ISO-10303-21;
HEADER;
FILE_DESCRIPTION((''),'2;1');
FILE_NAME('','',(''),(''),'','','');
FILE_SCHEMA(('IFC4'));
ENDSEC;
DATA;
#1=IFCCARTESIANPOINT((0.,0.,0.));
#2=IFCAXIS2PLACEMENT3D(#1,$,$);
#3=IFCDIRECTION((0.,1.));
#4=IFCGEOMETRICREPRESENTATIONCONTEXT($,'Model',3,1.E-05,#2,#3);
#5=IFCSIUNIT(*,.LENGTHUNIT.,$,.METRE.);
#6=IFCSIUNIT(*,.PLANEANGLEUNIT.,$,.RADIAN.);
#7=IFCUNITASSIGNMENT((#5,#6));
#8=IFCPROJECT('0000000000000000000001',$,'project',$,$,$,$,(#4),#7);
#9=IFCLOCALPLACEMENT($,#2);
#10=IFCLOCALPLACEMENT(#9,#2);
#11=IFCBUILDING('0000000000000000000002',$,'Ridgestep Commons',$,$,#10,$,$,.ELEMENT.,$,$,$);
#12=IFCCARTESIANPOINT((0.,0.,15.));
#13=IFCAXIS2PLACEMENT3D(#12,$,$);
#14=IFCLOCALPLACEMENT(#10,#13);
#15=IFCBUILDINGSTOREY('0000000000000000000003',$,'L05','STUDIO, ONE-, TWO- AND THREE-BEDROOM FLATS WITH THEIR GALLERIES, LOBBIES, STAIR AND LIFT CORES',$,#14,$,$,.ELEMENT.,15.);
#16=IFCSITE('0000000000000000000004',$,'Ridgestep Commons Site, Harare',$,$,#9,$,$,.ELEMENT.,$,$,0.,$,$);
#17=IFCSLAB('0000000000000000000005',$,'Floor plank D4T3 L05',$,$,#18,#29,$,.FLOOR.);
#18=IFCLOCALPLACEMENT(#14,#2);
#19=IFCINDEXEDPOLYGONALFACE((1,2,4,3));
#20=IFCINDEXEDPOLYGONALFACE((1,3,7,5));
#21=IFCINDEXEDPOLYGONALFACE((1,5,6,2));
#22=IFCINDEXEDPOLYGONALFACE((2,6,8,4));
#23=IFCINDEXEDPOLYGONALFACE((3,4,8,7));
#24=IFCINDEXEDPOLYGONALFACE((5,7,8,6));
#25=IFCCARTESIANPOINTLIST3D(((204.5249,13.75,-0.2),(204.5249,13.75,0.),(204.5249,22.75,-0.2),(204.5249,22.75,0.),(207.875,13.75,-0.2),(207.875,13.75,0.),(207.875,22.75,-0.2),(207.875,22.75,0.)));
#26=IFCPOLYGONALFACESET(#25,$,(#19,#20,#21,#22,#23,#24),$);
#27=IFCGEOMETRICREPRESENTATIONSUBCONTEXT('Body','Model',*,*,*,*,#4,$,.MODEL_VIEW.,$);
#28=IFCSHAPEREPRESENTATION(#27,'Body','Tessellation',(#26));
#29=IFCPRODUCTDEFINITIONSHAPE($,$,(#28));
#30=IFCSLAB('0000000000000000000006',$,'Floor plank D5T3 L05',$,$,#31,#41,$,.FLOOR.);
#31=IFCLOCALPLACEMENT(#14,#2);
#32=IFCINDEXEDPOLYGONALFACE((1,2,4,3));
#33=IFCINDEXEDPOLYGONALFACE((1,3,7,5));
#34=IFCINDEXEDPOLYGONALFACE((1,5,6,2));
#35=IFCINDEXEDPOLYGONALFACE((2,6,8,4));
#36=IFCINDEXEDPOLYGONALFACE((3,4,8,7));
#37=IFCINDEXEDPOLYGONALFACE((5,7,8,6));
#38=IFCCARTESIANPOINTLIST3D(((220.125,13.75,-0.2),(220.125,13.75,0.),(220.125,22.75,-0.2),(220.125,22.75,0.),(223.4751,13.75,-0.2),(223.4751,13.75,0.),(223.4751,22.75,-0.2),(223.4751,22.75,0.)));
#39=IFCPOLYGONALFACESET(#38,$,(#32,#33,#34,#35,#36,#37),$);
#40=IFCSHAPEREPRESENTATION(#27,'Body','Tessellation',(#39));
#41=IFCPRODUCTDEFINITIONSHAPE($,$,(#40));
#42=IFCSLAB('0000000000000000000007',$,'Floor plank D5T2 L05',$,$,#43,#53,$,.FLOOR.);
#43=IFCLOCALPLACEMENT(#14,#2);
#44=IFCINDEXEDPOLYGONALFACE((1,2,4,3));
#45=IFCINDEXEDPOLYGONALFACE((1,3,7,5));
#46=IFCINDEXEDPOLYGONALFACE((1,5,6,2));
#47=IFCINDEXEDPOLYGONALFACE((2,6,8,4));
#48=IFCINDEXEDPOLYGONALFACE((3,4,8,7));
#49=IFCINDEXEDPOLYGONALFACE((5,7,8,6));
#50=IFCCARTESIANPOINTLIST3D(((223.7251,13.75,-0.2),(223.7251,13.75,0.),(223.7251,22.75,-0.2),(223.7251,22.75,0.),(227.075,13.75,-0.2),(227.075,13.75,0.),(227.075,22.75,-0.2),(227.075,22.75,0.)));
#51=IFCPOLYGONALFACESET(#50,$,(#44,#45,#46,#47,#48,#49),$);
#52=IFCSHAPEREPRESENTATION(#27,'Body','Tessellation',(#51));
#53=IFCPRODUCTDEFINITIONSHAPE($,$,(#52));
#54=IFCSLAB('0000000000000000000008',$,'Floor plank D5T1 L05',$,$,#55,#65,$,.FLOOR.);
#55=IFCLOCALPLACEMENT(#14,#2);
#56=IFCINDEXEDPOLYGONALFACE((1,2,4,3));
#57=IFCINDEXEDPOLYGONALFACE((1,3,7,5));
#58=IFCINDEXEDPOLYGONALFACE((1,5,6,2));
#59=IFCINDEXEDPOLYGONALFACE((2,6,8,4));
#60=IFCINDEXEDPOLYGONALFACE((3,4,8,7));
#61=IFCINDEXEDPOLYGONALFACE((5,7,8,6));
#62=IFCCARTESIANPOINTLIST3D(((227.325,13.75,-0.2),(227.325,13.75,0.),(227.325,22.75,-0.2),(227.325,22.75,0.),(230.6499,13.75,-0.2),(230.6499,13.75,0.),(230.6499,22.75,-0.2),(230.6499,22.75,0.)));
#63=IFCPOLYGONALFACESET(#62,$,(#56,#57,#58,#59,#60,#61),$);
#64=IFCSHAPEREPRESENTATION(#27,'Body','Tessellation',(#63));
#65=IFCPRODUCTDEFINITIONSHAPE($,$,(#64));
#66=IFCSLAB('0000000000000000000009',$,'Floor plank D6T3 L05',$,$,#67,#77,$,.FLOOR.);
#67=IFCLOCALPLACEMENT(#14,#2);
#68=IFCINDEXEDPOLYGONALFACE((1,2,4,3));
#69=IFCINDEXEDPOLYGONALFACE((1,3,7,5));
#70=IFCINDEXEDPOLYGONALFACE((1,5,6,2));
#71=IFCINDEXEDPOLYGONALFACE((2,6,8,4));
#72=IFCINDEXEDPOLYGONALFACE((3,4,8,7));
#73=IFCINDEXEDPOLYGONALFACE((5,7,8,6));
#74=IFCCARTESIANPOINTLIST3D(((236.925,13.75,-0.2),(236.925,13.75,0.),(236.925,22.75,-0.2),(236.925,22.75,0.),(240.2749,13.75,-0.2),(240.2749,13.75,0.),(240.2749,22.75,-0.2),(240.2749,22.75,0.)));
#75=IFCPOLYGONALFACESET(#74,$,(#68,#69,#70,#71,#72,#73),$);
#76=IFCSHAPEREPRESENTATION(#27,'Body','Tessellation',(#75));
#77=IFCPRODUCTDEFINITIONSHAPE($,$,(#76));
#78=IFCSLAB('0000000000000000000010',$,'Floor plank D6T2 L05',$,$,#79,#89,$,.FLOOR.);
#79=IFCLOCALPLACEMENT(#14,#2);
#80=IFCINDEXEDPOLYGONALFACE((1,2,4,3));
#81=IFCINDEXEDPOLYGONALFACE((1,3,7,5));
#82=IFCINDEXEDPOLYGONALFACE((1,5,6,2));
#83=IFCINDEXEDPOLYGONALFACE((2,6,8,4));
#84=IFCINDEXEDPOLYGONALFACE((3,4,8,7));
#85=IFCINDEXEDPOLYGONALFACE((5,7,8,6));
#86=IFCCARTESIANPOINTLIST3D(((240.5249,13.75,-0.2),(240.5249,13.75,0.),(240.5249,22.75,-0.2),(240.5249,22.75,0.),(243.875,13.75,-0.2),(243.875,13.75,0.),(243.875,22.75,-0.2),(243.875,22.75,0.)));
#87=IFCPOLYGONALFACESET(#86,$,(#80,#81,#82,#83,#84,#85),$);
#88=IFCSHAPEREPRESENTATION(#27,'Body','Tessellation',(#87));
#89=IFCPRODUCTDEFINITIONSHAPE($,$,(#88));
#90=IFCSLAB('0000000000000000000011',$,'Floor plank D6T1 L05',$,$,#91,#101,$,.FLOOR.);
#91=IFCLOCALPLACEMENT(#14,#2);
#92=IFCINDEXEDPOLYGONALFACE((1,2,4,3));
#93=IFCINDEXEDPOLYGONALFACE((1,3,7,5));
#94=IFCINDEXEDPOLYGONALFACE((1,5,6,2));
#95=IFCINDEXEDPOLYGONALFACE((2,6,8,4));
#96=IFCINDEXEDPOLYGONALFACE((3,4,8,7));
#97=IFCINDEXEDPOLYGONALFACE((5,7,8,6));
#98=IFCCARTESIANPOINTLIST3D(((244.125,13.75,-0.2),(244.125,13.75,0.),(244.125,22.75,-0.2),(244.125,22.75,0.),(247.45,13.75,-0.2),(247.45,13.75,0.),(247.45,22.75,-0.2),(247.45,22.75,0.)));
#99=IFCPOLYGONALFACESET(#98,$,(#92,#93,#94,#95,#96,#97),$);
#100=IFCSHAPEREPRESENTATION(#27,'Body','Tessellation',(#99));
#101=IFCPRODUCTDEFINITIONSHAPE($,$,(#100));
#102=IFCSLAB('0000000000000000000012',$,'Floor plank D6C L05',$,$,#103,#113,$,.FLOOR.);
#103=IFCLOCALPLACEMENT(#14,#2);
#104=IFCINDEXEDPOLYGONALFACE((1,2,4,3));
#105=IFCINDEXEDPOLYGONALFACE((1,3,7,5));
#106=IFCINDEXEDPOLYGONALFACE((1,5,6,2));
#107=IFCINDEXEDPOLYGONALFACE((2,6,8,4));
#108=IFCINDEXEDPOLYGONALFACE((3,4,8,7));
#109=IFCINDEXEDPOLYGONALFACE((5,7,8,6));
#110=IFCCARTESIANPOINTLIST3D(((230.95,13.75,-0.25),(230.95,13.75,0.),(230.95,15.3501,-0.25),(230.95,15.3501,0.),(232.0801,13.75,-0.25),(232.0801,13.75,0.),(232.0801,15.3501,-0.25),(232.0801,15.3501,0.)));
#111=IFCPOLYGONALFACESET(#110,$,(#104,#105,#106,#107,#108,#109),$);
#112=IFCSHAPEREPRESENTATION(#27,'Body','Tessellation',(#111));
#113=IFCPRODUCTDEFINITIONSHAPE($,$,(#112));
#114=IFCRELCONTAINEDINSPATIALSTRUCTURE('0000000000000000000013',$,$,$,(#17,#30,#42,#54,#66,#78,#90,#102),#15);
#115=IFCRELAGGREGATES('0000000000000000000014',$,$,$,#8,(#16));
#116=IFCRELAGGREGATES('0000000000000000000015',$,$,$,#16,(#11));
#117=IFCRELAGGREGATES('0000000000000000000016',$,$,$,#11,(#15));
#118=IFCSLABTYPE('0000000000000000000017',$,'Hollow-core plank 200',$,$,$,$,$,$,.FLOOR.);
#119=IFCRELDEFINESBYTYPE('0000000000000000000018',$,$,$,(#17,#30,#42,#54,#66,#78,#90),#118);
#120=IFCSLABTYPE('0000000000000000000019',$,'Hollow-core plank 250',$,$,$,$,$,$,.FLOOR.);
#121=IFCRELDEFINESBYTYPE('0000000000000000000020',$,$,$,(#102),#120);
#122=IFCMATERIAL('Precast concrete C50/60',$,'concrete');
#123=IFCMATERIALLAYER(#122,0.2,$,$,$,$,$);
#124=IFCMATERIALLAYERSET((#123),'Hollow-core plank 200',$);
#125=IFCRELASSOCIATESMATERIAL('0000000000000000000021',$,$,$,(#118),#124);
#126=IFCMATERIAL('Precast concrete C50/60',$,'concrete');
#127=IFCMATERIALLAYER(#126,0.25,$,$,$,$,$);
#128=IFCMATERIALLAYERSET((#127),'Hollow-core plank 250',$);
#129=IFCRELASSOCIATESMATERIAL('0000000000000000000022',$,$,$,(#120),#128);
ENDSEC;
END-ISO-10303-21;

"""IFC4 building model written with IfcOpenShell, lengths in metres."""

from ifc_helpers import new_model, si_unit, direction, frame, origin, place, context, subcontext, project, spatial, polyline, outline, extrude, material, layer, layer_set, type_object, element, save


model = new_model("IFC4")

# Units and contexts
model_context = context("Model", 3, precision=1e-05, world=origin(), true_north=direction((0.0, 1.0)))
body_context = subcontext(model_context, "Body", "Model", "MODEL_VIEW")
ifc_project = project(units=[si_unit("LENGTHUNIT", "METRE"), si_unit("PLANEANGLEUNIT", "RADIAN")], contexts=[model_context])

# Site, building, storey
site_placement = place(None, origin())
site = spatial("IfcSite", under=ifc_project, at=site_placement, Name="Ridgestep Commons Site, Harare", CompositionType="ELEMENT", RefElevation=0.0)
building_placement = place(site_placement, origin())
building = spatial("IfcBuilding", under=site, at=building_placement, Name="Ridgestep Commons", CompositionType="ELEMENT")
storey_placement = place(building_placement, frame((0.0, 0.0, 15.0)))
storey = spatial("IfcBuildingStorey", under=building, at=storey_placement, Name="L05", Description="STUDIO, ONE-, TWO- AND THREE-BEDROOM FLATS WITH THEIR GALLERIES, LOBBIES, STAIR AND LIFT CORES", CompositionType="ELEMENT", Elevation=15.0)

# Slabs
ifc_material_1 = material(Name="Precast concrete C50/60", Category="concrete")
ifc_layer_1 = layer(ifc_material_1, 0.2)
ifc_layer_set_1 = layer_set([ifc_layer_1], Name="Hollow-core plank 200")
slab_type_1 = type_object("IfcSlabType", Name="Hollow-core plank 200", PredefinedType="FLOOR", material=ifc_layer_set_1)
slab_1_placement = place(storey_placement, frame((0.0, 0.0, -0.2)))
element("IfcSlab", 1, at=slab_1_placement, inside=storey, type_object=slab_type_1, Name="Floor plank D4T3 L05", PredefinedType="FLOOR", context=body_context, shape_type="SweptSolid", body=[
    extrude(outline(polyline([(207.875, 13.75), (207.875, 22.75), (204.5249, 22.75), (204.5249, 13.75), (207.875, 13.75)])), origin(), (0.0, 0.0, 1.0), 0.2),
])
slab_2_placement = place(storey_placement, frame((0.0, 0.0, -0.2)))
element("IfcSlab", 2, at=slab_2_placement, inside=storey, type_object=slab_type_1, Name="Floor plank D5T3 L05", PredefinedType="FLOOR", context=body_context, shape_type="SweptSolid", body=[
    extrude(outline(polyline([(223.4751, 13.75), (223.4751, 22.75), (220.125, 22.75), (220.125, 13.75), (223.4751, 13.75)])), origin(), (0.0, 0.0, 1.0), 0.2),
])
slab_3_placement = place(storey_placement, frame((0.0, 0.0, -0.2)))
element("IfcSlab", 3, at=slab_3_placement, inside=storey, type_object=slab_type_1, Name="Floor plank D5T2 L05", PredefinedType="FLOOR", context=body_context, shape_type="SweptSolid", body=[
    extrude(outline(polyline([(227.075, 13.75), (227.075, 22.75), (223.7251, 22.75), (223.7251, 13.75), (227.075, 13.75)])), origin(), (0.0, 0.0, 1.0), 0.2),
])
slab_4_placement = place(storey_placement, frame((0.0, 0.0, -0.2)))
element("IfcSlab", 4, at=slab_4_placement, inside=storey, type_object=slab_type_1, Name="Floor plank D5T1 L05", PredefinedType="FLOOR", context=body_context, shape_type="SweptSolid", body=[
    extrude(outline(polyline([(230.6499, 13.75), (230.6499, 22.75), (227.325, 22.75), (227.325, 13.75), (230.6499, 13.75)])), origin(), (0.0, 0.0, 1.0), 0.2),
])
slab_5_placement = place(storey_placement, frame((0.0, 0.0, -0.2)))
element("IfcSlab", 5, at=slab_5_placement, inside=storey, type_object=slab_type_1, Name="Floor plank D6T3 L05", PredefinedType="FLOOR", context=body_context, shape_type="SweptSolid", body=[
    extrude(outline(polyline([(240.2749, 13.75), (240.2749, 22.75), (236.925, 22.75), (236.925, 13.75), (240.2749, 13.75)])), origin(), (0.0, 0.0, 1.0), 0.2),
])
slab_6_placement = place(storey_placement, frame((0.0, 0.0, -0.2)))
element("IfcSlab", 6, at=slab_6_placement, inside=storey, type_object=slab_type_1, Name="Floor plank D6T2 L05", PredefinedType="FLOOR", context=body_context, shape_type="SweptSolid", body=[
    extrude(outline(polyline([(243.875, 13.75), (243.875, 22.75), (240.5249, 22.75), (240.5249, 13.75), (243.875, 13.75)])), origin(), (0.0, 0.0, 1.0), 0.2),
])
slab_7_placement = place(storey_placement, frame((0.0, 0.0, -0.2)))
element("IfcSlab", 7, at=slab_7_placement, inside=storey, type_object=slab_type_1, Name="Floor plank D6T1 L05", PredefinedType="FLOOR", context=body_context, shape_type="SweptSolid", body=[
    extrude(outline(polyline([(247.45, 13.75), (247.45, 22.75), (244.125, 22.75), (244.125, 13.75), (247.45, 13.75)])), origin(), (0.0, 0.0, 1.0), 0.2),
])
ifc_material_2 = material(Name="Precast concrete C50/60", Category="concrete")
ifc_layer_2 = layer(ifc_material_2, 0.25)
ifc_layer_set_2 = layer_set([ifc_layer_2], Name="Hollow-core plank 250")
slab_type_2 = type_object("IfcSlabType", Name="Hollow-core plank 250", PredefinedType="FLOOR", material=ifc_layer_set_2)
slab_8_placement = place(storey_placement, frame((0.0, 0.0, -0.25)))
element("IfcSlab", 8, at=slab_8_placement, inside=storey, type_object=slab_type_2, Name="Floor plank D6C L05", PredefinedType="FLOOR", context=body_context, shape_type="SweptSolid", body=[
    extrude(outline(polyline([(232.0801, 15.3501), (230.95, 15.3501), (230.95, 13.75), (232.0801, 13.75), (232.0801, 15.3501)])), origin(), (0.0, 0.0, 1.0), 0.25),
])

save(model, "model.ifc")
